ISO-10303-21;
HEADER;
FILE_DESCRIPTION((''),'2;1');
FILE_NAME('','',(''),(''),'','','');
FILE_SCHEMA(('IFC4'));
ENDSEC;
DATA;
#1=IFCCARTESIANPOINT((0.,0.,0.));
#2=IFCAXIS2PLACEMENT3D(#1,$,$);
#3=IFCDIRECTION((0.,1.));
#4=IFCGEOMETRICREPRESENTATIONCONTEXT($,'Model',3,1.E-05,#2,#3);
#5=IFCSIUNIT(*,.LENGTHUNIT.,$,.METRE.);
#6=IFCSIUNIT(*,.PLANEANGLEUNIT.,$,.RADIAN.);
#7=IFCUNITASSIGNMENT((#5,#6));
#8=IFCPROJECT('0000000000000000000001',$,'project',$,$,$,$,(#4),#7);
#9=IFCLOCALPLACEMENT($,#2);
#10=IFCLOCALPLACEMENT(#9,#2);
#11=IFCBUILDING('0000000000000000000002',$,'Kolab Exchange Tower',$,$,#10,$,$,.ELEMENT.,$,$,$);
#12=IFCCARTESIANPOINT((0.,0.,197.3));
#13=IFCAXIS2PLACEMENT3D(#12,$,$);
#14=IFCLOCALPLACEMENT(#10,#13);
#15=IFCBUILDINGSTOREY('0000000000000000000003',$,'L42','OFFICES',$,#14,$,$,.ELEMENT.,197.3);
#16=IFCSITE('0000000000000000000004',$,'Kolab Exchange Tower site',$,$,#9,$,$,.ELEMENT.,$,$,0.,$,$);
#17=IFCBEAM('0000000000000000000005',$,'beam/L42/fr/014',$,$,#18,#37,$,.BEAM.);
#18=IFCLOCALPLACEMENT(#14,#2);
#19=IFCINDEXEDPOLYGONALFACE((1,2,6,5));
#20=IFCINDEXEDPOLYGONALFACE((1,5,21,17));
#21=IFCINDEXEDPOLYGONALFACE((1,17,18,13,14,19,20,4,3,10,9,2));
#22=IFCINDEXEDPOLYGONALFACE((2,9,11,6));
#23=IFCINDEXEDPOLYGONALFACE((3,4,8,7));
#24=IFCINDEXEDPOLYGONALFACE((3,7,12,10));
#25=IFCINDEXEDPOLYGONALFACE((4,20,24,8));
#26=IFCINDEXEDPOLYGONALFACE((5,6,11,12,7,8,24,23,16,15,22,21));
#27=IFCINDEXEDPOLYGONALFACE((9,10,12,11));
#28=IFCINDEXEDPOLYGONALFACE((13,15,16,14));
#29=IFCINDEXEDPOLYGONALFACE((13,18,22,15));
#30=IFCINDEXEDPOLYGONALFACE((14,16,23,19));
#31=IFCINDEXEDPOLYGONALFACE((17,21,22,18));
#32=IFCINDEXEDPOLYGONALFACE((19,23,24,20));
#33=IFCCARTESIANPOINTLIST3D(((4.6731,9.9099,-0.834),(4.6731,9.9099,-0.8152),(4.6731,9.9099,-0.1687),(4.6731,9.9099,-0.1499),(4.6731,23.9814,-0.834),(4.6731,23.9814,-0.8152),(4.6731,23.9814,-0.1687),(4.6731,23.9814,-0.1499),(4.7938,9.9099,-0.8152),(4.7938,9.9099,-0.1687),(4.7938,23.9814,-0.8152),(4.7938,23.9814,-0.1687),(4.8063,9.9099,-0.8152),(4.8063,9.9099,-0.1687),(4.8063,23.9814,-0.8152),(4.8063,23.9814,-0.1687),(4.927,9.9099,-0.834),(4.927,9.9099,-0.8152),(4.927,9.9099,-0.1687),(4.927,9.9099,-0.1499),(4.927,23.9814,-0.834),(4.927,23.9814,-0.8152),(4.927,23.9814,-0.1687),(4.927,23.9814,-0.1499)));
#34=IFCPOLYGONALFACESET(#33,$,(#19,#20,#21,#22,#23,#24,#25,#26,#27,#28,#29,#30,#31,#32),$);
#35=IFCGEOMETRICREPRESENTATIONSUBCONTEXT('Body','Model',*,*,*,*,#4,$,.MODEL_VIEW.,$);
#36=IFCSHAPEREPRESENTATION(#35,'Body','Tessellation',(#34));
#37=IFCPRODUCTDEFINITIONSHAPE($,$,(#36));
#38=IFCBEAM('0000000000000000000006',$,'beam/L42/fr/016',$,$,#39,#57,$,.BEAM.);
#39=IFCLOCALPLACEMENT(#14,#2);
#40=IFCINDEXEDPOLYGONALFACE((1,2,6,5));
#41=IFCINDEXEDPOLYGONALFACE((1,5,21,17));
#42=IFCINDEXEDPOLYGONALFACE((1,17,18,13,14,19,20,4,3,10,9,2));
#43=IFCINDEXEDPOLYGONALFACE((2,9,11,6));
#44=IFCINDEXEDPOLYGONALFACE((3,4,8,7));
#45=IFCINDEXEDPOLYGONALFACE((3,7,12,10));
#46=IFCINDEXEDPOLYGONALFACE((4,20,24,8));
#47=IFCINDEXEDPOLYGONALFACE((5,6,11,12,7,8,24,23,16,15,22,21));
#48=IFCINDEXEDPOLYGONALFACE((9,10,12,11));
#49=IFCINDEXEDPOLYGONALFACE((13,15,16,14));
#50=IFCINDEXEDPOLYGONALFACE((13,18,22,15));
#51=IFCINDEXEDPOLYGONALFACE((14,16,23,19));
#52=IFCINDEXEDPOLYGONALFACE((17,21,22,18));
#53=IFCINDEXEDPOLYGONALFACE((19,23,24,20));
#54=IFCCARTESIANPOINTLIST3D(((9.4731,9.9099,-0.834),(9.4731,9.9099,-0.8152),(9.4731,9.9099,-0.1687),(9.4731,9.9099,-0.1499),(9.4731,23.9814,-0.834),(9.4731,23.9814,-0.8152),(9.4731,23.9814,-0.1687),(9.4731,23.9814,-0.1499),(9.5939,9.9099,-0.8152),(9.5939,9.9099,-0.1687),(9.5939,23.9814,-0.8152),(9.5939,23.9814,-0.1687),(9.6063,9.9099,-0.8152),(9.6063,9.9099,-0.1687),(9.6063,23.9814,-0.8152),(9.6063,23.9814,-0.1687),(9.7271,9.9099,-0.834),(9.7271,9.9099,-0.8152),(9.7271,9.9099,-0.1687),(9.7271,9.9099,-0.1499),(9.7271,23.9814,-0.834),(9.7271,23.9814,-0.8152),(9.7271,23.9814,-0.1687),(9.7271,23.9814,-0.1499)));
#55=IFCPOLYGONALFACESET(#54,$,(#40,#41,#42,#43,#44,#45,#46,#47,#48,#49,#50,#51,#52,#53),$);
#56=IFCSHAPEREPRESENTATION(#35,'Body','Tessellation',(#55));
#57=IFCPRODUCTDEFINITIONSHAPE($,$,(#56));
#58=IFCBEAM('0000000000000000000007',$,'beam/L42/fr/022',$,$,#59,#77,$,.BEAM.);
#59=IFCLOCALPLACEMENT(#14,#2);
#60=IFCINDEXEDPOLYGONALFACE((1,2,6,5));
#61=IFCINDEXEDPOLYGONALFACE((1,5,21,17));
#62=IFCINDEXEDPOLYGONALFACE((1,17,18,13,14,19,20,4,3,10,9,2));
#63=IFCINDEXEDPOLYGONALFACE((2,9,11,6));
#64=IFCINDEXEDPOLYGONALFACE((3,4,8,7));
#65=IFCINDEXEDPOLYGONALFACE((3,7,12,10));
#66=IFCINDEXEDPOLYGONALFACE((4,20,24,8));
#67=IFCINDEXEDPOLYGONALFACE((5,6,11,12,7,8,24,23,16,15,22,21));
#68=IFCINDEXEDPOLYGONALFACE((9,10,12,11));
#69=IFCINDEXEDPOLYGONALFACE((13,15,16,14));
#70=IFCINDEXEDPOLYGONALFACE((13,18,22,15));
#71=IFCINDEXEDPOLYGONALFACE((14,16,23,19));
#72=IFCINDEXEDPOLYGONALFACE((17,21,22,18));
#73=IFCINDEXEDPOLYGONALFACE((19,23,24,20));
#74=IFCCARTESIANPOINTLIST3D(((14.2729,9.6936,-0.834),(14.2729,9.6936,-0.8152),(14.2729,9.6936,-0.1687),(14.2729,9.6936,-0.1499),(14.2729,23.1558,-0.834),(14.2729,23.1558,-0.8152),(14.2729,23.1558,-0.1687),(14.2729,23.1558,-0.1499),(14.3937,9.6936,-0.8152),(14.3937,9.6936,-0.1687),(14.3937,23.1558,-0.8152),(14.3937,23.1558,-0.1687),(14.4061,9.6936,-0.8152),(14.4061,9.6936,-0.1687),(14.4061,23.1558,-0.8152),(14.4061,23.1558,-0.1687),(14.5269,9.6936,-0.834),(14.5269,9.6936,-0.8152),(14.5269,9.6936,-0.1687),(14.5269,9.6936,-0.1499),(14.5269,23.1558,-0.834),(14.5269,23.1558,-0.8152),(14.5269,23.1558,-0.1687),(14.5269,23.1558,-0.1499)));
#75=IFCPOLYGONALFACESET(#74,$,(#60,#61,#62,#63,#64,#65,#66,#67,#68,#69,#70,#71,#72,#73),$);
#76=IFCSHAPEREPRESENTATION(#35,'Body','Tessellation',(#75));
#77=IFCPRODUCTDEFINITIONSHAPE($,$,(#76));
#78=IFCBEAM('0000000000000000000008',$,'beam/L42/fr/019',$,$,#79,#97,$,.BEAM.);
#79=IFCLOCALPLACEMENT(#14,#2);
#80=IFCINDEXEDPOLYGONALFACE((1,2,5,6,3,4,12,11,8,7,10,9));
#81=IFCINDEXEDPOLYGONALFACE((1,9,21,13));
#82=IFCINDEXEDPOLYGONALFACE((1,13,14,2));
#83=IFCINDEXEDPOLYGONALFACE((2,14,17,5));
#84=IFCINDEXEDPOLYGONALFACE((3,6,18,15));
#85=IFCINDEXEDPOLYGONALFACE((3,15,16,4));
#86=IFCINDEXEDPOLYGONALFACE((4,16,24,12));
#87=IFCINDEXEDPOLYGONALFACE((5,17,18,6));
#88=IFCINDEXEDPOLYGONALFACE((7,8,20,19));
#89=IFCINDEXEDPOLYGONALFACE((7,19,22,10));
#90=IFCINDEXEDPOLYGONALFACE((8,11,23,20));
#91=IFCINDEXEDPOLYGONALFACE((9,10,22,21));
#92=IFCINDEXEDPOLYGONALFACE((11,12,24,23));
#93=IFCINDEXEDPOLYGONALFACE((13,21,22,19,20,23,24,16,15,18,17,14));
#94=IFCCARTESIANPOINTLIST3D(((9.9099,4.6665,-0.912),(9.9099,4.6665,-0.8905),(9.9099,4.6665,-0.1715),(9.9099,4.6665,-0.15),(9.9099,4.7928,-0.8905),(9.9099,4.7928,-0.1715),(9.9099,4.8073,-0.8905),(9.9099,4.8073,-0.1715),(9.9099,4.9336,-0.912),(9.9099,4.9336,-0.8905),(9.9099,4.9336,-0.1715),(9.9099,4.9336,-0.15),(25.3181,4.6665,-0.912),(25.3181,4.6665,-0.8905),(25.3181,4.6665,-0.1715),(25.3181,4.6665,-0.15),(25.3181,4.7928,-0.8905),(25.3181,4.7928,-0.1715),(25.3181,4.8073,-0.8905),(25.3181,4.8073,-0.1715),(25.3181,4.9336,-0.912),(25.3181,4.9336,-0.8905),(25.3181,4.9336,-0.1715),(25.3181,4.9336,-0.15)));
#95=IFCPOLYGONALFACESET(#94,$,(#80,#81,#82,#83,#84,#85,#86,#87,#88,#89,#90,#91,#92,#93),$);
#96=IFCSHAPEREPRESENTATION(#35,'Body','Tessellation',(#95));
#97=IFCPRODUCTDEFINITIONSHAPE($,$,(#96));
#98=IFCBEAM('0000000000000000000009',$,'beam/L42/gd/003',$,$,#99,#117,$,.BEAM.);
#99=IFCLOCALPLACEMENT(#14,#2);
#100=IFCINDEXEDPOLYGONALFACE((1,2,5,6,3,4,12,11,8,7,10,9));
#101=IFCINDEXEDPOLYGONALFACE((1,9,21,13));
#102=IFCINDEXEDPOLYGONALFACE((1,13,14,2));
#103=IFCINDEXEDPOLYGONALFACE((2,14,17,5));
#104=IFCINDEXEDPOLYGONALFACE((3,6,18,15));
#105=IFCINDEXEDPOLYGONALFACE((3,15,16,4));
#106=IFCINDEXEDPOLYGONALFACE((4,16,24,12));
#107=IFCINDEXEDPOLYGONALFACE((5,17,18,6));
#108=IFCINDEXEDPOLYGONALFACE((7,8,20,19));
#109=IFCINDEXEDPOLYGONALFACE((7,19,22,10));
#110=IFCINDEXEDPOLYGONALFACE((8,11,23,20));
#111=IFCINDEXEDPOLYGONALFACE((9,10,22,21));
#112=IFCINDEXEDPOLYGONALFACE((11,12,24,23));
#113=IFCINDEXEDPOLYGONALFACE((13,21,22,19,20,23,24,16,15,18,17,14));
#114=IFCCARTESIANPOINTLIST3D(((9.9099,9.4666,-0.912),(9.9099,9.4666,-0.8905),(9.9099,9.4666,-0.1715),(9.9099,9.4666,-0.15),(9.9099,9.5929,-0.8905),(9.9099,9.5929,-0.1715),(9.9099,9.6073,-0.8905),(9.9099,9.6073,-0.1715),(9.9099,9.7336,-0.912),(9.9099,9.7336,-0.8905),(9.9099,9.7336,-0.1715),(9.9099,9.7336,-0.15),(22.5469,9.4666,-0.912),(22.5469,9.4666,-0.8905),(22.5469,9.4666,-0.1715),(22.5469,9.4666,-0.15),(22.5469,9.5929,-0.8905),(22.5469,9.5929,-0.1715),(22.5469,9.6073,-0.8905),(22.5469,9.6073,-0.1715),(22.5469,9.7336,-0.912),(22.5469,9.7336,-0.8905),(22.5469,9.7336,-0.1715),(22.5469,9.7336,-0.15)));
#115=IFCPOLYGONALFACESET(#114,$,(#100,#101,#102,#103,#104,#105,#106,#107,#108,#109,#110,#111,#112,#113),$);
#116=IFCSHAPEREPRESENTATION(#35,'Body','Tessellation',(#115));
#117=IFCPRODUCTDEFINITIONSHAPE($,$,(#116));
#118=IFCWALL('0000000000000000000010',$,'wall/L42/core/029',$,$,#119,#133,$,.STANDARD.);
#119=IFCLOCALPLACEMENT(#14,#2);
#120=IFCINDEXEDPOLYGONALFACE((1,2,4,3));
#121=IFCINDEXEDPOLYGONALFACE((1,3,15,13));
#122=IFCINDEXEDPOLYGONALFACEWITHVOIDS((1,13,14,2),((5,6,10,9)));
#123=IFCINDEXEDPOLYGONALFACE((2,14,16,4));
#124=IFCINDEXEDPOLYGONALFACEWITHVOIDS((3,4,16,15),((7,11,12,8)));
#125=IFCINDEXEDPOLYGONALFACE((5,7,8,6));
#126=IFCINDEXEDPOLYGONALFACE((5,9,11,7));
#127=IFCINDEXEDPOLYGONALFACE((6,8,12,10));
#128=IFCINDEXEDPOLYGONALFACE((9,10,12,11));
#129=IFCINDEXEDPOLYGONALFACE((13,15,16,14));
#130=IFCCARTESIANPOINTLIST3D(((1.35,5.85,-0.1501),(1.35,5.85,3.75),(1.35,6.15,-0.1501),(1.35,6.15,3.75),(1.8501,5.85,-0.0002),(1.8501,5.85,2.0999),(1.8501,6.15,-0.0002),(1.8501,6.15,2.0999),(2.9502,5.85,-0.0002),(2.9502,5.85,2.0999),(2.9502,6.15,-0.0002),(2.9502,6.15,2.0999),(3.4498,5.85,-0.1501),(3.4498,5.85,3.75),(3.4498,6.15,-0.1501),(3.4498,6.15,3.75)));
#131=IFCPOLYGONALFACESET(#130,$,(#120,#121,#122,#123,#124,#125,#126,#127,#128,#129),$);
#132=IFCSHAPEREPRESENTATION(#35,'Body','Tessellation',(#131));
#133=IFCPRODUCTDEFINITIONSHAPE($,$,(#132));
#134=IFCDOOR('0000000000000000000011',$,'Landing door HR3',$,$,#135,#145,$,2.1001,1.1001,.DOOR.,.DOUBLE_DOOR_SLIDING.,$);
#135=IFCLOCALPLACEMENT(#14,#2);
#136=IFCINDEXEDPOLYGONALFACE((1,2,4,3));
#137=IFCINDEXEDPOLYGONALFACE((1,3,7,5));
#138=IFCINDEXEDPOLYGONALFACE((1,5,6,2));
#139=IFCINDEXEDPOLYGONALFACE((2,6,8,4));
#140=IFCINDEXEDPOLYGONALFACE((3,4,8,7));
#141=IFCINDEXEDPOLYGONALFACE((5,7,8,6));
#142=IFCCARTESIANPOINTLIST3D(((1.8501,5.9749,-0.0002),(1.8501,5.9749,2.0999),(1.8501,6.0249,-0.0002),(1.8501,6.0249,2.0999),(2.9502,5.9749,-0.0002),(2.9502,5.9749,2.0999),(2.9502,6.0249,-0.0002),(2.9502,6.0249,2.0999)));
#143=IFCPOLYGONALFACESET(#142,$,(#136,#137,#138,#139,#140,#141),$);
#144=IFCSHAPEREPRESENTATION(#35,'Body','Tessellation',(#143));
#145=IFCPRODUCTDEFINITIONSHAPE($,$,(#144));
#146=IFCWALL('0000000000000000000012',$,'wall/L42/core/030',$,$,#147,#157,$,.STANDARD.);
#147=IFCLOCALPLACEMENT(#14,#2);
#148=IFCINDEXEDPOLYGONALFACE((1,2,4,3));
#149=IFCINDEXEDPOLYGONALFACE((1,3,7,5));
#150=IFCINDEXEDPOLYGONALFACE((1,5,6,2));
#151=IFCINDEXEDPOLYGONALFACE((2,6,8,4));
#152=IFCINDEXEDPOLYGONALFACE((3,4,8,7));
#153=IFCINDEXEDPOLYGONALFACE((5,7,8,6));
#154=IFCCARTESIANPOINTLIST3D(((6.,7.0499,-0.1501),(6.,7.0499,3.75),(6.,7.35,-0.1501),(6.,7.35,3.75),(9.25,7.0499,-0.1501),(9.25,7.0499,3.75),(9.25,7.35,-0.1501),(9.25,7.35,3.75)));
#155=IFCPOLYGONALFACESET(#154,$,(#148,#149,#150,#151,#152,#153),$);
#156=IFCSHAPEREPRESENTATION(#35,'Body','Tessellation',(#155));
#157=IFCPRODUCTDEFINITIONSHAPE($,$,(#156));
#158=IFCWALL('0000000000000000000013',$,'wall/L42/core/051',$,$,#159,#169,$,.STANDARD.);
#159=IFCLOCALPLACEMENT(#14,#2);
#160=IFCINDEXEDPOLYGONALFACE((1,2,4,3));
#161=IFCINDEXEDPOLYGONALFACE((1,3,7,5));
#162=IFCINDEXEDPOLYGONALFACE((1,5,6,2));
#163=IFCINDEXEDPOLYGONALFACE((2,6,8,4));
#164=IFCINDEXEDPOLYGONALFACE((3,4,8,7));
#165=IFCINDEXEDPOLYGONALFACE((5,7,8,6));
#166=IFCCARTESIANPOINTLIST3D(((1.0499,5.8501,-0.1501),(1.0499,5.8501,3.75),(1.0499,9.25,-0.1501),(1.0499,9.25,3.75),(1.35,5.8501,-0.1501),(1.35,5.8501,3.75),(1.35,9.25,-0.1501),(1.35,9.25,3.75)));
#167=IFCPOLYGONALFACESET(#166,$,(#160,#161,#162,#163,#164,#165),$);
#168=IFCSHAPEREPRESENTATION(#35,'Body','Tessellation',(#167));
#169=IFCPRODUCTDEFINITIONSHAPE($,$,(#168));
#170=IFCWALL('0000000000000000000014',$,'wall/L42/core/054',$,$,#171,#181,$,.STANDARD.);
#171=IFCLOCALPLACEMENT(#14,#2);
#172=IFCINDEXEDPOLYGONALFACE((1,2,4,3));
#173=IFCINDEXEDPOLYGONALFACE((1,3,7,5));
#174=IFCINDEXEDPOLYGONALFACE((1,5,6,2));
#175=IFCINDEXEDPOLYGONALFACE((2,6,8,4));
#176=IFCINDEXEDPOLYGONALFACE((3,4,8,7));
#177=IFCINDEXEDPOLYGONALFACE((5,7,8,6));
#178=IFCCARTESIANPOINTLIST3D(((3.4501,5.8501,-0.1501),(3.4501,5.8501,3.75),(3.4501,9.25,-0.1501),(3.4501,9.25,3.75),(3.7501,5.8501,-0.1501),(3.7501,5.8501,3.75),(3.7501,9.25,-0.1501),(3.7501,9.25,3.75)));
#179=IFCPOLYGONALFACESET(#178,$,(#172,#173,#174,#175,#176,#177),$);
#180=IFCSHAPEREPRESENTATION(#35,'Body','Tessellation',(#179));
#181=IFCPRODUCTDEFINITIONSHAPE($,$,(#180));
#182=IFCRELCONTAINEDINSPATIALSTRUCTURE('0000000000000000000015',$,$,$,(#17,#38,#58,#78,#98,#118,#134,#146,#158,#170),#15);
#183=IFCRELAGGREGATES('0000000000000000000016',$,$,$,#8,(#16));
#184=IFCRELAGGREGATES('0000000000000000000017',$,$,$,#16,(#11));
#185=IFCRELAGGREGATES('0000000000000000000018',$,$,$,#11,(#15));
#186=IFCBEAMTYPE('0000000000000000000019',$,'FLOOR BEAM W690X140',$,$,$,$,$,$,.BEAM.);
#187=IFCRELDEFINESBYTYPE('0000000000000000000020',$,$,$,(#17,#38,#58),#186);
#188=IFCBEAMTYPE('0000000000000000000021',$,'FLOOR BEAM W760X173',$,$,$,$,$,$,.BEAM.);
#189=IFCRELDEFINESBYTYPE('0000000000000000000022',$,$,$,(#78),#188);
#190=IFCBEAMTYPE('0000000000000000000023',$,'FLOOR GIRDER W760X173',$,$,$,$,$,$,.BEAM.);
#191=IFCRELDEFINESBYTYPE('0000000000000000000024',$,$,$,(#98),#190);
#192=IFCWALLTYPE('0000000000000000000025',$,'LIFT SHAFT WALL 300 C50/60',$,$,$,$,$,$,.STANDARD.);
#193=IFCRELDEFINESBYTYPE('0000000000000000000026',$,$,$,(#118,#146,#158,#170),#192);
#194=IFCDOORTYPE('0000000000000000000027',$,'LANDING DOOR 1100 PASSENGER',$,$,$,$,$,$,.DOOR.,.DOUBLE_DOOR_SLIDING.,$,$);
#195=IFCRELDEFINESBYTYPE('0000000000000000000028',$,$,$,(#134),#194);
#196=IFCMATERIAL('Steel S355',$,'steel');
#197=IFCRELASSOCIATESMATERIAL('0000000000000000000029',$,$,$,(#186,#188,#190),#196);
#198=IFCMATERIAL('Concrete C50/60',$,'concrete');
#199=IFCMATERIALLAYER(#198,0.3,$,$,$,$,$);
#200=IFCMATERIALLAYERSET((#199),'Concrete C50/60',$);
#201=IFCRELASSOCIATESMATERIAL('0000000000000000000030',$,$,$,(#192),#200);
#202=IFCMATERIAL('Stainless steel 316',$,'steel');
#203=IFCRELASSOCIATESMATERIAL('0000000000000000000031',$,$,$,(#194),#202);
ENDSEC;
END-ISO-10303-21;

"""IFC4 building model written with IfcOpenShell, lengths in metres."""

from ifc_helpers import new_model, si_unit, direction, frame, frame_2d, origin, origin_2d, place, context, subcontext, project, spatial, rectangle, i_section, extrude, material, layer, layer_set, material_profile, profile_set, type_object, element, fill, save


model = new_model("IFC4")

# Units and contexts
model_context = context("Model", 3, precision=1e-05, world=origin(), true_north=direction((0.0, 1.0)))
body_context = subcontext(model_context, "Body", "Model", "MODEL_VIEW")
ifc_project = project(units=[si_unit("LENGTHUNIT", "METRE"), si_unit("PLANEANGLEUNIT", "RADIAN")], contexts=[model_context])

# Site, building, storey
site_placement = place(None, origin())
site = spatial("IfcSite", under=ifc_project, at=site_placement, Name="Kolab Exchange Tower site", CompositionType="ELEMENT", RefElevation=0.0)
building_placement = place(site_placement, origin())
building = spatial("IfcBuilding", under=site, at=building_placement, Name="Kolab Exchange Tower", CompositionType="ELEMENT")
storey_placement = place(building_placement, frame((0.0, 0.0, 197.3)))
storey = spatial("IfcBuildingStorey", under=building, at=storey_placement, Name="L42", Description="OFFICES", CompositionType="ELEMENT", Elevation=197.3)

# Beams
ifc_material_1 = material(Name="Steel S355", Category="steel")
ifc_material_profile_1 = material_profile(ifc_material_1, i_section(OverallWidth=0.2539, OverallDepth=0.6841, WebThickness=0.0125, FlangeThickness=0.0188, at=origin_2d()), Name="W690X140")
ifc_profile_set_1 = profile_set([ifc_material_profile_1], Name="Steel S355")
beam_type_1 = type_object("IfcBeamType", Name="FLOOR BEAM W690X140", PredefinedType="BEAM", material=ifc_profile_set_1)
for number, where, z_axis, x_axis, name in (
    (1, (4.8, 9.9099, -0.4919), (0.0, 1.0, 0.0), (-1.0, 0.0, 0.0), "beam/L42/fr/014"),
    (2, (9.6001, 9.9099, -0.4919), (0.0, 1.0, 0.0), (-1.0, 0.0, 0.0), "beam/L42/fr/016"),
):
    element("IfcBeam", number, at=place(storey_placement, frame(where, z_axis=z_axis, x_axis=x_axis)), inside=storey, type_object=beam_type_1, Name=name, PredefinedType="BEAM", context=body_context, shape_type="SweptSolid", body=[
        extrude(i_section(OverallWidth=0.2539, OverallDepth=0.6841, WebThickness=0.0125, FlangeThickness=0.0188, at=origin_2d()), origin(), (0.0, 0.0, 1.0), 14.0715),
    ])
beam_1_placement = place(storey_placement, frame((14.3999, 9.6936, -0.4919), z_axis=(0.0, 1.0, 0.0), x_axis=(-1.0, 0.0, 0.0)))
element("IfcBeam", 3, at=beam_1_placement, inside=storey, type_object=beam_type_1, Name="beam/L42/fr/022", PredefinedType="BEAM", context=body_context, shape_type="SweptSolid", body=[
    extrude(i_section(OverallWidth=0.2539, OverallDepth=0.6841, WebThickness=0.0125, FlangeThickness=0.0188, at=origin_2d()), origin(), (0.0, 0.0, 1.0), 13.4622),
])
ifc_material_profile_2 = material_profile(ifc_material_1, i_section(OverallWidth=0.2671, OverallDepth=0.762, WebThickness=0.0144, FlangeThickness=0.0215, at=origin_2d()), Name="W760X173")
ifc_profile_set_2 = profile_set([ifc_material_profile_2], Name="Steel S355")
beam_type_2 = type_object("IfcBeamType", Name="FLOOR BEAM W760X173", PredefinedType="BEAM", material=ifc_profile_set_2)
beam_2_placement = place(storey_placement, frame((9.9099, 4.8, -0.531), z_axis=(1.0, 0.0, 0.0), x_axis=(0.0, 1.0, 0.0)))
element("IfcBeam", 4, at=beam_2_placement, inside=storey, type_object=beam_type_2, Name="beam/L42/fr/019", PredefinedType="BEAM", context=body_context, shape_type="SweptSolid", body=[
    extrude(i_section(OverallWidth=0.2671, OverallDepth=0.762, WebThickness=0.0144, FlangeThickness=0.0215, at=origin_2d()), origin(), (0.0, 0.0, 1.0), 15.4082),
])
ifc_material_profile_3 = material_profile(ifc_material_1, i_section(OverallWidth=0.2671, OverallDepth=0.762, WebThickness=0.0144, FlangeThickness=0.0215, at=origin_2d()), Name="W760X173")
ifc_profile_set_3 = profile_set([ifc_material_profile_3], Name="Steel S355")
beam_type_3 = type_object("IfcBeamType", Name="FLOOR GIRDER W760X173", PredefinedType="BEAM", material=ifc_profile_set_3)
beam_3_placement = place(storey_placement, frame((9.9099, 9.6001, -0.531), z_axis=(1.0, 0.0, 0.0), x_axis=(0.0, 1.0, 0.0)))
element("IfcBeam", 5, at=beam_3_placement, inside=storey, type_object=beam_type_3, Name="beam/L42/gd/003", PredefinedType="BEAM", context=body_context, shape_type="SweptSolid", body=[
    extrude(i_section(OverallWidth=0.2671, OverallDepth=0.762, WebThickness=0.0144, FlangeThickness=0.0215, at=origin_2d()), origin(), (0.0, 0.0, 1.0), 12.637),
])

# Wall, opening, door
ifc_material_2 = material(Name="Concrete C50/60", Category="concrete")
ifc_layer_1 = layer(ifc_material_2, 0.3)
ifc_layer_set_1 = layer_set([ifc_layer_1], Name="Concrete C50/60")
wall_type_1 = type_object("IfcWallType", Name="LIFT SHAFT WALL 300 C50/60", PredefinedType="STANDARD", material=ifc_layer_set_1)
wall_1_placement = place(storey_placement, frame((1.3501, 6.0, -0.1501), z_axis=(0.0, 0.0, 1.0), x_axis=(1.0, 0.0, 0.0)))
wall_1 = element("IfcWall", 6, at=wall_1_placement, inside=storey, type_object=wall_type_1, Name="wall/L42/core/029", PredefinedType="STANDARD", context=body_context, shape_type="SweptSolid", body=[
    extrude(rectangle(XDim=2.0999, YDim=0.3, at=frame_2d((1.0498, 0.0))), origin(), (0.0, 0.0, 1.0), 3.9001),
])
opening_1_placement = place(wall_1_placement, frame((0.5, 0.0, 0.1499)))
opening_1 = element("IfcOpeningElement", 7, at=opening_1_placement, cuts=wall_1, PredefinedType="OPENING", context=body_context, shape_type="SweptSolid", body=[
    extrude(rectangle(XDim=1.1001, YDim=2.1001, at=frame_2d((0.55, 1.05))), frame((0.0, 0.1602, 0.0), z_axis=(0.0, -1.0, 0.0), x_axis=(1.0, 0.0, 0.0)), (0.0, 0.0, 1.0), 0.3201),
])
ifc_material_3 = material(Name="Stainless steel 316", Category="steel")
door_type_1 = type_object("IfcDoorType", Name="LANDING DOOR 1100 PASSENGER", OperationType="DOUBLE_DOOR_SLIDING", PredefinedType="DOOR", material=ifc_material_3)
door_1_placement = place(opening_1_placement, origin())
door_1 = element("IfcDoor", 8, at=door_1_placement, inside=storey, type_object=door_type_1, Name="Landing door HR3", OperationType="DOUBLE_DOOR_SLIDING", OverallHeight=2.1001, OverallWidth=1.1001, PredefinedType="DOOR", context=body_context, shape_type="SweptSolid", body=[
    extrude(rectangle(XDim=1.1001, YDim=2.1001, at=frame_2d((0.55, 1.05))), frame((0.0, 0.0249, 0.0), z_axis=(0.0, -1.0, 0.0), x_axis=(1.0, 0.0, 0.0)), (0.0, 0.0, 1.0), 0.05),
])
fill(opening_1, door_1)

# Walls
wall_2_placement = place(storey_placement, frame((6.0, 7.2, -0.1501), z_axis=(0.0, 0.0, 1.0), x_axis=(1.0, 0.0, 0.0)))
element("IfcWall", 9, at=wall_2_placement, inside=storey, type_object=wall_type_1, Name="wall/L42/core/030", PredefinedType="STANDARD", context=body_context, shape_type="SweptSolid", body=[
    extrude(rectangle(XDim=3.25, YDim=0.3, at=frame_2d((1.625, 0.0))), origin(), (0.0, 0.0, 1.0), 3.9001),
])
for number, where, z_axis, x_axis, name in (
    (10, (1.2, 5.8501, -0.1501), (0.0, 0.0, 1.0), (0.0, 1.0, 0.0), "wall/L42/core/051"),
    (11, (3.6001, 5.8501, -0.1501), (0.0, 0.0, 1.0), (0.0, 1.0, 0.0), "wall/L42/core/054"),
):
    element("IfcWall", number, at=place(storey_placement, frame(where, z_axis=z_axis, x_axis=x_axis)), inside=storey, type_object=wall_type_1, Name=name, PredefinedType="STANDARD", context=body_context, shape_type="SweptSolid", body=[
        extrude(rectangle(XDim=3.3999, YDim=0.3, at=frame_2d((1.7, 0.0))), origin(), (0.0, 0.0, 1.0), 3.9001),
    ])

save(model, "model.ifc")
